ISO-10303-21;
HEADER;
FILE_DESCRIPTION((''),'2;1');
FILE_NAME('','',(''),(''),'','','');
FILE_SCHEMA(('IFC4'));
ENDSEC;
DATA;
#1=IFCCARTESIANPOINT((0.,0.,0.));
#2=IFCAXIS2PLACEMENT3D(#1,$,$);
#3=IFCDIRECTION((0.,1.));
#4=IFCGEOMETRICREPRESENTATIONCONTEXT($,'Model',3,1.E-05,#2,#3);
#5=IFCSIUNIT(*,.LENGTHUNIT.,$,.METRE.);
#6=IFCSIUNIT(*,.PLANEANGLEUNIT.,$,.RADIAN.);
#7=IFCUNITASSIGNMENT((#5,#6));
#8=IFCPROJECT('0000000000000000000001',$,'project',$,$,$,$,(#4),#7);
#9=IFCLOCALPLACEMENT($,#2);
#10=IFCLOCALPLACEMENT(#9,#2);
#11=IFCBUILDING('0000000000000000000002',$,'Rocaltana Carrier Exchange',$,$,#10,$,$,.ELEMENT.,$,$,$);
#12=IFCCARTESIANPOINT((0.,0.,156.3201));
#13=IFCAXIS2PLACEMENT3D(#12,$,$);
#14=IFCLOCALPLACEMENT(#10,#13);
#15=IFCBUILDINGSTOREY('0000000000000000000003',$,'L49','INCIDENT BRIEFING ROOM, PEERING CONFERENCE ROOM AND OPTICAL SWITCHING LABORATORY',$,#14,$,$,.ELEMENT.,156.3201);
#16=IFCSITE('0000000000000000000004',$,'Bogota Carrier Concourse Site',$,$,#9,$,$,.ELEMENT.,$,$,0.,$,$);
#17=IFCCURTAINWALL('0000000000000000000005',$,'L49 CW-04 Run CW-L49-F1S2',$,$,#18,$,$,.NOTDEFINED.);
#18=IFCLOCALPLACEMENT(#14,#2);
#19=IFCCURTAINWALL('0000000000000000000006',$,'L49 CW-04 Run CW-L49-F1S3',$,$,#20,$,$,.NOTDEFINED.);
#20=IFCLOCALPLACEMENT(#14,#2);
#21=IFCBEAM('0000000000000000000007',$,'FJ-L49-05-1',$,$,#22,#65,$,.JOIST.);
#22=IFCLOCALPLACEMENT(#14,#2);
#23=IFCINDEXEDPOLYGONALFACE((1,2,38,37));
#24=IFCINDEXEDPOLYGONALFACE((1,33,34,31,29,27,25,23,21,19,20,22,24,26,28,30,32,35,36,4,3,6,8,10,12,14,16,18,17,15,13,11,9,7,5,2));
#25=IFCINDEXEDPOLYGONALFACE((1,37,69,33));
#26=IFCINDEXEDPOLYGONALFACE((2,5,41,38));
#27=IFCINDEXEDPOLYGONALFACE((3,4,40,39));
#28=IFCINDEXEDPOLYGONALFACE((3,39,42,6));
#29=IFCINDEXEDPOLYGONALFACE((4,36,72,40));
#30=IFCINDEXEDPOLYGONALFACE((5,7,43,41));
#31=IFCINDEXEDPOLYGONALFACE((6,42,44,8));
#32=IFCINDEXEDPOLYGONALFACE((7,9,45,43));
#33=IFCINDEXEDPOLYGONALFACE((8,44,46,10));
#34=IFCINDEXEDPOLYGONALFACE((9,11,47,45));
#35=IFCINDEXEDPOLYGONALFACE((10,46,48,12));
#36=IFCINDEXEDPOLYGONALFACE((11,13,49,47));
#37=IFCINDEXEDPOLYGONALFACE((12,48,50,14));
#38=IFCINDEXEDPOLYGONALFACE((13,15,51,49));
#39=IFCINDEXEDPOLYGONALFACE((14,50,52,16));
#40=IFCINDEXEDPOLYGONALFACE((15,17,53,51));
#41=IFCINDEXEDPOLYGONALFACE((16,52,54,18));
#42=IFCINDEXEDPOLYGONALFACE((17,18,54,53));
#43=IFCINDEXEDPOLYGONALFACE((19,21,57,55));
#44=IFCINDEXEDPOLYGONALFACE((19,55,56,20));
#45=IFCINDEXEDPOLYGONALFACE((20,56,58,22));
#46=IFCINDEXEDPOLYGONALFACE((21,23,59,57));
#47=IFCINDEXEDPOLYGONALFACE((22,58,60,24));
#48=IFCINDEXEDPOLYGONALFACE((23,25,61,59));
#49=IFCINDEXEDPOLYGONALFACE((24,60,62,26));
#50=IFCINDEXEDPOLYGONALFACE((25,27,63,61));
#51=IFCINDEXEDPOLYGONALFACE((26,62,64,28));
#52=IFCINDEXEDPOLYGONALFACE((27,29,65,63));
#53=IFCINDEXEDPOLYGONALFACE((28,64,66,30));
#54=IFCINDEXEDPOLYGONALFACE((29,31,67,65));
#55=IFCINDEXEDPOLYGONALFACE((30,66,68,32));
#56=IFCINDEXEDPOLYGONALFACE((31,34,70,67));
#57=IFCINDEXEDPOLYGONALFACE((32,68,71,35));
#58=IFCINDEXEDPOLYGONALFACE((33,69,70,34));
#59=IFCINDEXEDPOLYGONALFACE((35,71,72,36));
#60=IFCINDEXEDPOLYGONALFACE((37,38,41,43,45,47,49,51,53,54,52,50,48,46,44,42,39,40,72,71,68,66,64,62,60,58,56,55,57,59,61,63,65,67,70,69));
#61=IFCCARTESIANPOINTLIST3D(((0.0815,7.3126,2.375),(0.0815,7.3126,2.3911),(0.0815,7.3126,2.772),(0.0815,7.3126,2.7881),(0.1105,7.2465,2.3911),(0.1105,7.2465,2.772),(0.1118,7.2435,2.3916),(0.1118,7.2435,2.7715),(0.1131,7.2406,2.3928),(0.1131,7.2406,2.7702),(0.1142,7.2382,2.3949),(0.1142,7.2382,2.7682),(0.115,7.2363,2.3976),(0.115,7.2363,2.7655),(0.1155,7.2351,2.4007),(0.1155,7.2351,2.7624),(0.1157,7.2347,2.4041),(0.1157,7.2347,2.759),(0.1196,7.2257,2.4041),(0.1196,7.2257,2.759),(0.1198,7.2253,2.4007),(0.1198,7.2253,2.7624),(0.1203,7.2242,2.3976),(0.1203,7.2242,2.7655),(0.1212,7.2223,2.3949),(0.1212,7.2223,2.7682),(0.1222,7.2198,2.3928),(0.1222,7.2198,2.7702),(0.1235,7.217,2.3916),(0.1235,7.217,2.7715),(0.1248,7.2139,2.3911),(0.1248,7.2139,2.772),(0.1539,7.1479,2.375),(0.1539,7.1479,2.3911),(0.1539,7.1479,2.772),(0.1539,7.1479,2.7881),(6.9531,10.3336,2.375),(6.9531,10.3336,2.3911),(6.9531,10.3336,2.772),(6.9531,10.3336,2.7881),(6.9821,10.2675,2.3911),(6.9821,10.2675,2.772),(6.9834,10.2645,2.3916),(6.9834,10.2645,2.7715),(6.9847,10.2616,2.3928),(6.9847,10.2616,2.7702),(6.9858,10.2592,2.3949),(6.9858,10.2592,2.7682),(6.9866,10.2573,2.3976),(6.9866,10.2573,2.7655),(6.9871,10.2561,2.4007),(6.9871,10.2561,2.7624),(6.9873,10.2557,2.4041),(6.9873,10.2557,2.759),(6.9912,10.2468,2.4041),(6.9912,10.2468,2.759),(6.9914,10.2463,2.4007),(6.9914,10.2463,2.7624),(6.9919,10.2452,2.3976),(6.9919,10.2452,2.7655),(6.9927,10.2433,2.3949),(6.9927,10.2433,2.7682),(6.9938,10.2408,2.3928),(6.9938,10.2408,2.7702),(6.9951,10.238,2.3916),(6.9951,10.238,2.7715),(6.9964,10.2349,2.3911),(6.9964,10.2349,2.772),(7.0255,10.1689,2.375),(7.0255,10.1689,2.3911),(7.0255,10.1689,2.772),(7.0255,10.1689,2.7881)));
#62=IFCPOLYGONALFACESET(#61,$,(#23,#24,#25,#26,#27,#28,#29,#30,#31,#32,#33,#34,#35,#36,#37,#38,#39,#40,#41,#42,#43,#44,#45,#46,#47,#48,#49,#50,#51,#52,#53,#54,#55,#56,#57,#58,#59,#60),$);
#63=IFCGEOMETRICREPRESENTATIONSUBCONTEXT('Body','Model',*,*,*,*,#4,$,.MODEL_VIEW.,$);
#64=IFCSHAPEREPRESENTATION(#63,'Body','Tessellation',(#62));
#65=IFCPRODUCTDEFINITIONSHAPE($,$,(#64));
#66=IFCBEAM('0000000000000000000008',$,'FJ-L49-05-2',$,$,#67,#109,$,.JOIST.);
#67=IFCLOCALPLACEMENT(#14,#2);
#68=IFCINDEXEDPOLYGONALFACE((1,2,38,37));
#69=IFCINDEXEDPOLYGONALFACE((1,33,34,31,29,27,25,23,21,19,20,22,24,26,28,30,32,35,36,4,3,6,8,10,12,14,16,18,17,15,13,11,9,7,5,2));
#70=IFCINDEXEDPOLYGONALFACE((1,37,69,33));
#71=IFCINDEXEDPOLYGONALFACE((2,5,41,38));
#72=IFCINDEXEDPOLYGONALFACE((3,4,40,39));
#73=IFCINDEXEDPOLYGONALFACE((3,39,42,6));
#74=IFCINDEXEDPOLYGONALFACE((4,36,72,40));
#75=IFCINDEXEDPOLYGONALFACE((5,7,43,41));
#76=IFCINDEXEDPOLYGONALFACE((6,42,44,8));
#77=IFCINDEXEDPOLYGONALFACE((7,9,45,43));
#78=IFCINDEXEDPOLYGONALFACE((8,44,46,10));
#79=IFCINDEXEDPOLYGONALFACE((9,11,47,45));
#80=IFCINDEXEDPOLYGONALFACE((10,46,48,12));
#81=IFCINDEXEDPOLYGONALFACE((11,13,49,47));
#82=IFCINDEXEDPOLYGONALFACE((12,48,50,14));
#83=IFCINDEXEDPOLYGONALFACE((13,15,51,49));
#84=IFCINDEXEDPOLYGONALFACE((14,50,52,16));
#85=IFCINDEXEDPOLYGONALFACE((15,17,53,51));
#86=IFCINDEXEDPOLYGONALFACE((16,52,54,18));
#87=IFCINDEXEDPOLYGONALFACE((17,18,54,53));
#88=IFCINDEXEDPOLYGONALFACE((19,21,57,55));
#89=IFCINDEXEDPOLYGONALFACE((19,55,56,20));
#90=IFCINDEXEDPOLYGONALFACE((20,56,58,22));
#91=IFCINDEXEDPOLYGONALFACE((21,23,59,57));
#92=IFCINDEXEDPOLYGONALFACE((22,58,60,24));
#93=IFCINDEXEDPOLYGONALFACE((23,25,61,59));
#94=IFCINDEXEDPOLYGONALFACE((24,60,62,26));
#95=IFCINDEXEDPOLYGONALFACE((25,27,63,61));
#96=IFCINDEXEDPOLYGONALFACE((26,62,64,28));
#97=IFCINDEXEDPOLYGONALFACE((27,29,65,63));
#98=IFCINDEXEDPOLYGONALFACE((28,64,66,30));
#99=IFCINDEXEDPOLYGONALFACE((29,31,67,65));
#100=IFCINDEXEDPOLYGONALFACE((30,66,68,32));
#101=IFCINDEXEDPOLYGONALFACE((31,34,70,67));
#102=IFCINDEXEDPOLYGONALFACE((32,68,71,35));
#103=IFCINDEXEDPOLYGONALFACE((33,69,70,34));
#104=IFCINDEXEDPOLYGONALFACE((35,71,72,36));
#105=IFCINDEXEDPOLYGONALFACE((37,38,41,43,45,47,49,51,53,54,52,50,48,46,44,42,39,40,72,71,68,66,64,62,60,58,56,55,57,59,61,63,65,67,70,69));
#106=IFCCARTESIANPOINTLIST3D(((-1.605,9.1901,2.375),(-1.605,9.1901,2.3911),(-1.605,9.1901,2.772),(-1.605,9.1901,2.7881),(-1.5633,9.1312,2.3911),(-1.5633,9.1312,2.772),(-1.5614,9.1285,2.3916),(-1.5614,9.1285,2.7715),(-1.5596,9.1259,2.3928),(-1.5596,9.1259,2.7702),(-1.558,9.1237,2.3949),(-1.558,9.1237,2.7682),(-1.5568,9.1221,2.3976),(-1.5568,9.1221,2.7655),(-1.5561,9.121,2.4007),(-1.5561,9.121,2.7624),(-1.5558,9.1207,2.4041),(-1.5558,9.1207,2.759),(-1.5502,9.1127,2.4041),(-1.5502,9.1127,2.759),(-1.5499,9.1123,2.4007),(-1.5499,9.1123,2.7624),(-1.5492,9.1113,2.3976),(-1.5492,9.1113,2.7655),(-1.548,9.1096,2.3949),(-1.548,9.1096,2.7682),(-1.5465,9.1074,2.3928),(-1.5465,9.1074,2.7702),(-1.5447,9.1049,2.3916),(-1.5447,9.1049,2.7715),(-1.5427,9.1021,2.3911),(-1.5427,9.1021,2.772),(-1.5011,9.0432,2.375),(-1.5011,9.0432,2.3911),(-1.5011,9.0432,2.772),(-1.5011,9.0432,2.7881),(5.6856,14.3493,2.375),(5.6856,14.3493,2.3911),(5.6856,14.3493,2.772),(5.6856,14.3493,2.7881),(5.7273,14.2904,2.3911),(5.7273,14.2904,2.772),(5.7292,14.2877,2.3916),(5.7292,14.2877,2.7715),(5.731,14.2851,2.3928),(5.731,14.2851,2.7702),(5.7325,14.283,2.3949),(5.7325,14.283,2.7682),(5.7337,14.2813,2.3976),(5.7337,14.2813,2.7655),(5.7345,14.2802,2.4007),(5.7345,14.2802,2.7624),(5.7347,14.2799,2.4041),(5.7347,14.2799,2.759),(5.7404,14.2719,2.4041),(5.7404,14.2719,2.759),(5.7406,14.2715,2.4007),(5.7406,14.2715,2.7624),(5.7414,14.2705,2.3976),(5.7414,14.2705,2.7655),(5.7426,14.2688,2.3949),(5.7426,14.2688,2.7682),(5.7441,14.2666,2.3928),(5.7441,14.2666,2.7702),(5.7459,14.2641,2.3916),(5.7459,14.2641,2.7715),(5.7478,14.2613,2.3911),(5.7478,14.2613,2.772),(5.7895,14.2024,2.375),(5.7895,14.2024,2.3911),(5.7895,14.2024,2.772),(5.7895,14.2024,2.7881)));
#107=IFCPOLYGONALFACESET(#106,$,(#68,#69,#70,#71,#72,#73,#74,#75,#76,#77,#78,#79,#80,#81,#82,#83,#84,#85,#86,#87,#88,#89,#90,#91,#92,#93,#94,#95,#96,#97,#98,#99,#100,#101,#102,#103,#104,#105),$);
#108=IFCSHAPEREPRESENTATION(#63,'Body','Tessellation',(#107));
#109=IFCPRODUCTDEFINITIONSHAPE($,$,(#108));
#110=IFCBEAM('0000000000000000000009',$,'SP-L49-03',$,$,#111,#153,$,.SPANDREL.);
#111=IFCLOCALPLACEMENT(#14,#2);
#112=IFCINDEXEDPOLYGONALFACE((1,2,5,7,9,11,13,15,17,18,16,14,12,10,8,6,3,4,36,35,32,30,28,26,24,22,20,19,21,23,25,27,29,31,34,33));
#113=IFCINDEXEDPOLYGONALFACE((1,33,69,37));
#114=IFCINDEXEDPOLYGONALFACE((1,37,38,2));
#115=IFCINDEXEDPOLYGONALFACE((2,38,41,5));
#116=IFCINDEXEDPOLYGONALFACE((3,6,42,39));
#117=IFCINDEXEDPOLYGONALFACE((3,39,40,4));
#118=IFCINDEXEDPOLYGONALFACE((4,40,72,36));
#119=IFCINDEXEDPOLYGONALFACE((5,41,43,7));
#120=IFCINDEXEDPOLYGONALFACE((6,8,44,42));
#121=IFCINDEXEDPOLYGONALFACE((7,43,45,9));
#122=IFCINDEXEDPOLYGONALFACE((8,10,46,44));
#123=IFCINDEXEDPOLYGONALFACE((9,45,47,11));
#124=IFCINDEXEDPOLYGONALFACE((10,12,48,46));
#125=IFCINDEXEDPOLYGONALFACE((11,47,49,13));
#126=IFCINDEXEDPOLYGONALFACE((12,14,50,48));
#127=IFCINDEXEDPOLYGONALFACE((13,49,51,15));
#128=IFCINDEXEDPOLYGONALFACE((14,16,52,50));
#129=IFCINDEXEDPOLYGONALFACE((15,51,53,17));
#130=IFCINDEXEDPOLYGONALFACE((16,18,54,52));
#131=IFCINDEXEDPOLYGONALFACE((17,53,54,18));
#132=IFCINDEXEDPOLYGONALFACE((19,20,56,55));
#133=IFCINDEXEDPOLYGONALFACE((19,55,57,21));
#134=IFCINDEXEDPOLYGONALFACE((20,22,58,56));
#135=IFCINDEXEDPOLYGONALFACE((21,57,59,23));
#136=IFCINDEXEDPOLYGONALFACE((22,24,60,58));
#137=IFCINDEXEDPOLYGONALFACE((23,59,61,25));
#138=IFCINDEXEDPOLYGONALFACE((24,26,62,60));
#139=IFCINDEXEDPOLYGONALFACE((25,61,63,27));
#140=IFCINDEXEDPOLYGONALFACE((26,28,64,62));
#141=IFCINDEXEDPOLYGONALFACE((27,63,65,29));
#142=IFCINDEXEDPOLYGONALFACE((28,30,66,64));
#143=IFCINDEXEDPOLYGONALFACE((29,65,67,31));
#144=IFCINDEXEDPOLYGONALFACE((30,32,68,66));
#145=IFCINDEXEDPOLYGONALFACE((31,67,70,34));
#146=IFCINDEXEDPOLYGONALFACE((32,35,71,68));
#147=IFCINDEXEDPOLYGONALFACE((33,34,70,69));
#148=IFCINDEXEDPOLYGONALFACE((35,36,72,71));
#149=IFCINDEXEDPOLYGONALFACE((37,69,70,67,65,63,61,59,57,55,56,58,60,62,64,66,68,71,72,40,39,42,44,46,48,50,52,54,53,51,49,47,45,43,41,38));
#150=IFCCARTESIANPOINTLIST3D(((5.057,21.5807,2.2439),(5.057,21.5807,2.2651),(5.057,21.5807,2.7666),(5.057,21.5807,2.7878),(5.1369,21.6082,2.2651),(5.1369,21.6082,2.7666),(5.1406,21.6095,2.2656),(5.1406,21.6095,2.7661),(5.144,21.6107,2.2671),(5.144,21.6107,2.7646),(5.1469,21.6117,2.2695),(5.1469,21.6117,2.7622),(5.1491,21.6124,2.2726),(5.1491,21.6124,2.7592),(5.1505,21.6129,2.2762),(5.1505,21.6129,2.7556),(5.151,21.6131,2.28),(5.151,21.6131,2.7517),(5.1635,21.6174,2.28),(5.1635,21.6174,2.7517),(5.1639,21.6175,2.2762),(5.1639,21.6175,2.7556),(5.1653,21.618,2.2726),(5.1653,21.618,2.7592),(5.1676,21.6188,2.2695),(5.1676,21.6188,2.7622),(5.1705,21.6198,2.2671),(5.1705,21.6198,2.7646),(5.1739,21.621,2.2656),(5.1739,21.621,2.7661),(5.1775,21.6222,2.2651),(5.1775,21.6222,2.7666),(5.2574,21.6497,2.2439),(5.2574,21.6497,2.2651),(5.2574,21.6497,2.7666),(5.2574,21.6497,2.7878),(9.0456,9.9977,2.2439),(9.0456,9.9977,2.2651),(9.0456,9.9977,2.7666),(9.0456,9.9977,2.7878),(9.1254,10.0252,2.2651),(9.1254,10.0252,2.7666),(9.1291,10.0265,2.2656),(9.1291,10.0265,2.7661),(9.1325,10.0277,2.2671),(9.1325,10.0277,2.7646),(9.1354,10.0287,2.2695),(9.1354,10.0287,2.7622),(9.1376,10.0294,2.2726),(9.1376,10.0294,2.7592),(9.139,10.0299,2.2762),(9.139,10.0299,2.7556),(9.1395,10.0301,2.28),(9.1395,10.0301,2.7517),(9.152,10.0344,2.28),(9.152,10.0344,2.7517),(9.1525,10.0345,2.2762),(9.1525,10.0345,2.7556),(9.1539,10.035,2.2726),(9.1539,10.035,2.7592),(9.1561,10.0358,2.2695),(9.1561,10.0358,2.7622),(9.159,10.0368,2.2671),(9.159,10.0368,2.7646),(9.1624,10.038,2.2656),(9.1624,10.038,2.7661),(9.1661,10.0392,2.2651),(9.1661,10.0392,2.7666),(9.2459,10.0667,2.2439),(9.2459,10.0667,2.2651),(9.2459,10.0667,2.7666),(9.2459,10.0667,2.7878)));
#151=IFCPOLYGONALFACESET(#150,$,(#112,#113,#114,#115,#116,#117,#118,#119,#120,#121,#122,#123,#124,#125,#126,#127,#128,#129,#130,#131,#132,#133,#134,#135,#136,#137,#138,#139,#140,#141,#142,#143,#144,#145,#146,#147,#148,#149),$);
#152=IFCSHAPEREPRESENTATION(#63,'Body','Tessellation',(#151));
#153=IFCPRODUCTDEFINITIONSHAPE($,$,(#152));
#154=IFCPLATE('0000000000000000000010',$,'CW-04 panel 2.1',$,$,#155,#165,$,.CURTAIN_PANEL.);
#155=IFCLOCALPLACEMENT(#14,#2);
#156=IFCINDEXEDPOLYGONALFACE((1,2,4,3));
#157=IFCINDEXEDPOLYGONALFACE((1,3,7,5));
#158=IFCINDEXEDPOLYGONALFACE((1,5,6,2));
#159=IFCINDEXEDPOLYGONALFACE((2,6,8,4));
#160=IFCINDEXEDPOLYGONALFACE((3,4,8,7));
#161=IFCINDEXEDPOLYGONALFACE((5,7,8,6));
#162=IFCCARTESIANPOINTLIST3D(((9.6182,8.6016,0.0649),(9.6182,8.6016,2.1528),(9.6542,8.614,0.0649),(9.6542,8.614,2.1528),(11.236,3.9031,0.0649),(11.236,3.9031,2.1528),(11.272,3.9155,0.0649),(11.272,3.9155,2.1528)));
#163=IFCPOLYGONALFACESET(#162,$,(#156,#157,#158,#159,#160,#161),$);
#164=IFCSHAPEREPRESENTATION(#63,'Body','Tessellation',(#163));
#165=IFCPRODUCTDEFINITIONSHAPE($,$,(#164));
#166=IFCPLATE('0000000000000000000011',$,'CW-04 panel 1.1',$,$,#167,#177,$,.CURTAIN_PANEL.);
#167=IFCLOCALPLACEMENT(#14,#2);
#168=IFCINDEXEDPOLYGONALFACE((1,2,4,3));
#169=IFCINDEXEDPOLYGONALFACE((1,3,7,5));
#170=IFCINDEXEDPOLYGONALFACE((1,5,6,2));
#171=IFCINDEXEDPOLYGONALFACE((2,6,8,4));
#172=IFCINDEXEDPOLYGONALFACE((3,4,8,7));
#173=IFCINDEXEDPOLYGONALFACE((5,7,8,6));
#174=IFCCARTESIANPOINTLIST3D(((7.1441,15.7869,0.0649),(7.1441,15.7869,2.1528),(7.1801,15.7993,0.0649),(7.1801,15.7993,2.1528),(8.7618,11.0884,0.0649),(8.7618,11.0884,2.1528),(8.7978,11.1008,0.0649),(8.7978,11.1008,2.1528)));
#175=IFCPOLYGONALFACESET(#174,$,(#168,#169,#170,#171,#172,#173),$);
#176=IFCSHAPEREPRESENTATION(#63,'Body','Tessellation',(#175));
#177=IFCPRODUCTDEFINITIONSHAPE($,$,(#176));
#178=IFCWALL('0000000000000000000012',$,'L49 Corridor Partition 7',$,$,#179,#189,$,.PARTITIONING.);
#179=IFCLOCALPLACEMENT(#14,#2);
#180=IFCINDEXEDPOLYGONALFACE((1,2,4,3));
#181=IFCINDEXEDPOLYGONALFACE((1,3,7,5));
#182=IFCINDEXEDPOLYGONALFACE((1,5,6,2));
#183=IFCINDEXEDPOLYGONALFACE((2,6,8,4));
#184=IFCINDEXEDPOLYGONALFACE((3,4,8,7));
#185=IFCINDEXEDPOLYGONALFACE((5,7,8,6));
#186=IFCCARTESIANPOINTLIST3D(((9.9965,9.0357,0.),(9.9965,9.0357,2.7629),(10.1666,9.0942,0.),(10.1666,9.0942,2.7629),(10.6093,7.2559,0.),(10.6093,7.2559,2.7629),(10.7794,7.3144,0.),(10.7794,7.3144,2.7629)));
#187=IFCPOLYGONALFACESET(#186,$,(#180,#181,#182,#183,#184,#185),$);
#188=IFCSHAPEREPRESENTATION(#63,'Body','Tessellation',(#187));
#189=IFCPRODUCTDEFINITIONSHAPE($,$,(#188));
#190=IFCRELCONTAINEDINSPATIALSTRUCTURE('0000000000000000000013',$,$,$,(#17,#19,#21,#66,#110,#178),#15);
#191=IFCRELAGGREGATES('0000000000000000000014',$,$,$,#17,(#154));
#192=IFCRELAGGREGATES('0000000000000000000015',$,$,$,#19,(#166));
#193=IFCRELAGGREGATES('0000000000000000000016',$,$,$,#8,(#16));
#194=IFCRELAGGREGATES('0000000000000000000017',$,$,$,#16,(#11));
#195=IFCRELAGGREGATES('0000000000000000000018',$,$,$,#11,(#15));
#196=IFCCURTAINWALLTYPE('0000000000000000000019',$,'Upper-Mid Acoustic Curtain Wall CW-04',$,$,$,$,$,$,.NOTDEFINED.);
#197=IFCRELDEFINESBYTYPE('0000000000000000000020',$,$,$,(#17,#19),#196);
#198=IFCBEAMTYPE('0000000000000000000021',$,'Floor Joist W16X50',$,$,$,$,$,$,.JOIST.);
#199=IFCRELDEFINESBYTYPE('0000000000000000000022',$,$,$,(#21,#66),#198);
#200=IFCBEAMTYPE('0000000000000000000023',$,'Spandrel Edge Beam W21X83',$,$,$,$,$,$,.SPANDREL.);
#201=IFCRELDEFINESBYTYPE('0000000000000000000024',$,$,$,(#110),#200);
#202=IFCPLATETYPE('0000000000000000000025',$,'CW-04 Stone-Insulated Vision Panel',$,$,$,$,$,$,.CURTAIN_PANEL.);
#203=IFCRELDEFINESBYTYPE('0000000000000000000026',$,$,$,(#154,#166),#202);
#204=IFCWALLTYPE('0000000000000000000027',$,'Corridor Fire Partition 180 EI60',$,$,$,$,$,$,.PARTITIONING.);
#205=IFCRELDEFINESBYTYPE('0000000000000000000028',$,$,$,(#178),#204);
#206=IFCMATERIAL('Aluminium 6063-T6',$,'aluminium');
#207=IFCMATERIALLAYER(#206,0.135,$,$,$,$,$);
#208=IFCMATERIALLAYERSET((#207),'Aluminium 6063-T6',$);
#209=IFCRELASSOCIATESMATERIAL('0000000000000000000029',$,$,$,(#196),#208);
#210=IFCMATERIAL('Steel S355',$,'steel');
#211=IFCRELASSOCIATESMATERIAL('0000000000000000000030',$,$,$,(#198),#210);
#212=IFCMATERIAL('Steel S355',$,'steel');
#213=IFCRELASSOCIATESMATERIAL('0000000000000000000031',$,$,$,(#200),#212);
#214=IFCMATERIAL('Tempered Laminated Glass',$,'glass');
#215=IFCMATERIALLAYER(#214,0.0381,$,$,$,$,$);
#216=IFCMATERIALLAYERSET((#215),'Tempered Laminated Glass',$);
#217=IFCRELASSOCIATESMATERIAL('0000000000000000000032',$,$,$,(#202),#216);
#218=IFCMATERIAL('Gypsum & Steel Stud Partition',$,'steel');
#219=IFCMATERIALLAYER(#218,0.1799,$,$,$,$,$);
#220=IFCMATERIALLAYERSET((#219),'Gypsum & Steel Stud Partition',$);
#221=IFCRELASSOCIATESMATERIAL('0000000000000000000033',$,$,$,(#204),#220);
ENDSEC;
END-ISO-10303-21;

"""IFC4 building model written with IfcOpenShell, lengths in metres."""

from ifc_helpers import new_model, si_unit, direction, frame, frame_2d, origin, origin_2d, place, context, subcontext, project, spatial, rectangle, i_section, extrude, material, layer, layer_set, material_profile, profile_set, type_object, element, aggregate, save


model = new_model("IFC4")

# Units and contexts
model_context = context("Model", 3, precision=1e-05, world=origin(), true_north=direction((0.0, 1.0)))
body_context = subcontext(model_context, "Body", "Model", "MODEL_VIEW")
ifc_project = project(units=[si_unit("LENGTHUNIT", "METRE"), si_unit("PLANEANGLEUNIT", "RADIAN")], contexts=[model_context])

# Site, building, storey
site_placement = place(None, origin())
site = spatial("IfcSite", under=ifc_project, at=site_placement, Name="Bogota Carrier Concourse Site", CompositionType="ELEMENT", RefElevation=0.0)
building_placement = place(site_placement, origin())
building = spatial("IfcBuilding", under=site, at=building_placement, Name="Rocaltana Carrier Exchange", CompositionType="ELEMENT")
storey_placement = place(building_placement, frame((0.0, 0.0, 156.3201)))
storey = spatial("IfcBuildingStorey", under=building, at=storey_placement, Name="L49", Description="INCIDENT BRIEFING ROOM, PEERING CONFERENCE ROOM AND OPTICAL SWITCHING LABORATORY", CompositionType="ELEMENT", Elevation=156.3201)

# Curtain wall
ifc_material_1 = material(Name="Aluminium 6063-T6", Category="aluminium")
ifc_layer_1 = layer(ifc_material_1, 0.135)
ifc_layer_set_1 = layer_set([ifc_layer_1], Name="Aluminium 6063-T6")
curtain_wall_type = type_object("IfcCurtainWallType", Name="Upper-Mid Acoustic Curtain Wall CW-04", PredefinedType="NOTDEFINED", material=ifc_layer_set_1)
curtain_wall_1_placement = place(storey_placement, origin())
curtain_wall_1 = element("IfcCurtainWall", 1, at=curtain_wall_1_placement, inside=storey, type_object=curtain_wall_type, Name="L49 CW-04 Run CW-L49-F1S2", PredefinedType="NOTDEFINED")

# Curtain wall
curtain_wall_2_placement = place(storey_placement, origin())
curtain_wall_2 = element("IfcCurtainWall", 2, at=curtain_wall_2_placement, inside=storey, type_object=curtain_wall_type, Name="L49 CW-04 Run CW-L49-F1S3", PredefinedType="NOTDEFINED")

# Beams
ifc_material_2 = material(Name="Steel S355", Category="steel")
ifc_material_profile_1 = material_profile(ifc_material_2, i_section(OverallWidth=0.1799, OverallDepth=0.4131, WebThickness=0.0098, FlangeThickness=0.0161, FilletRadius=0.0129, at=origin_2d()), Name="W16X50")
ifc_profile_set_1 = profile_set([ifc_material_profile_1], Name="Steel S355")
beam_type_1 = type_object("IfcBeamType", Name="Floor Joist W16X50", PredefinedType="JOIST", material=ifc_profile_set_1)
beam_1_placement = place(storey_placement, frame((6.9893, 10.2512, 2.5815), z_axis=(-0.915438, -0.40246, 0.0), x_axis=(0.40246, -0.915438, 0.0)))
element("IfcBeam", 3, at=beam_1_placement, inside=storey, type_object=beam_type_1, Name="FJ-L49-05-1", PredefinedType="JOIST", context=body_context, shape_type="SweptSolid", body=[
    extrude(i_section(OverallWidth=0.1799, OverallDepth=0.4131, WebThickness=0.0098, FlangeThickness=0.0161, FilletRadius=0.0129, at=origin_2d()), origin(), (0.0, 0.0, 1.0), 7.5063),
])
beam_2_placement = place(storey_placement, frame((5.7375, 14.2759, 2.5815), z_axis=(-0.816285, -0.577649, 0.0), x_axis=(0.577649, -0.816285, 0.0)))
element("IfcBeam", 4, at=beam_2_placement, inside=storey, type_object=beam_type_1, Name="FJ-L49-05-2", PredefinedType="JOIST", context=body_context, shape_type="SweptSolid", body=[
    extrude(i_section(OverallWidth=0.1799, OverallDepth=0.4131, WebThickness=0.0098, FlangeThickness=0.0161, FilletRadius=0.0129, at=origin_2d()), origin(), (0.0, 0.0, 1.0), 8.9314),
])
ifc_material_3 = material(Name="Steel S355", Category="steel")
ifc_material_profile_2 = material_profile(ifc_material_3, i_section(OverallWidth=0.2119, OverallDepth=0.5439, WebThickness=0.0132, FlangeThickness=0.0212, FilletRadius=0.0149, at=origin_2d()), Name="W21X83")
ifc_profile_set_2 = profile_set([ifc_material_profile_2], Name="Steel S355")
beam_type_2 = type_object("IfcBeamType", Name="Spandrel Edge Beam W21X83", PredefinedType="SPANDREL", material=ifc_profile_set_2)
beam_3_placement = place(storey_placement, frame((9.1458, 10.0322, 2.5159), z_axis=(-0.325581, 0.945514, 0.0), x_axis=(-0.945514, -0.325581, 0.0)))
element("IfcBeam", 5, at=beam_3_placement, inside=storey, type_object=beam_type_2, Name="SP-L49-03", PredefinedType="SPANDREL", context=body_context, shape_type="SweptSolid", body=[
    extrude(i_section(OverallWidth=0.2119, OverallDepth=0.5439, WebThickness=0.0132, FlangeThickness=0.0212, FilletRadius=0.0149, at=origin_2d()), origin(), (0.0, 0.0, 1.0), 12.2505),
])

# Plates
ifc_material_4 = material(Name="Tempered Laminated Glass", Category="glass")
ifc_layer_2 = layer(ifc_material_4, 0.0381)
ifc_layer_set_2 = layer_set([ifc_layer_2], Name="Tempered Laminated Glass")
plate_type = type_object("IfcPlateType", Name="CW-04 Stone-Insulated Vision Panel", PredefinedType="CURTAIN_PANEL", material=ifc_layer_set_2)
plate_1_placement = place(storey_placement, frame((10.4451, 6.2585, 0.0649), z_axis=(0.0, 0.0, 1.0), x_axis=(-0.325562, 0.945521, 0.0)))
plate_1 = element("IfcPlate", 6, at=plate_1_placement, type_object=plate_type, Name="CW-04 panel 2.1", PredefinedType="CURTAIN_PANEL", context=body_context, shape_type="SweptSolid", body=[
    extrude(rectangle(XDim=4.9692, YDim=0.0381, at=origin_2d()), origin(), (0.0, 0.0, 1.0), 2.0879),
])
aggregate(curtain_wall_1, [plate_1])
plate_2_placement = place(storey_placement, frame((7.9709, 13.4438, 0.0649), z_axis=(0.0, 0.0, 1.0), x_axis=(-0.325559, 0.945522, 0.0)))
plate_2 = element("IfcPlate", 7, at=plate_2_placement, type_object=plate_type, Name="CW-04 panel 1.1", PredefinedType="CURTAIN_PANEL", context=body_context, shape_type="SweptSolid", body=[
    extrude(rectangle(XDim=4.9692, YDim=0.0381, at=origin_2d()), origin(), (0.0, 0.0, 1.0), 2.0879),
])
aggregate(curtain_wall_2, [plate_2])

# Wall
ifc_material_5 = material(Name="Gypsum & Steel Stud Partition", Category="steel")
ifc_layer_3 = layer(ifc_material_5, 0.1799)
ifc_layer_set_3 = layer_set([ifc_layer_3], Name="Gypsum & Steel Stud Partition")
wall_type_1 = type_object("IfcWallType", Name="Corridor Fire Partition 180 EI60", PredefinedType="PARTITIONING", material=ifc_layer_set_3)
wall_1_placement = place(storey_placement, frame((10.0815, 9.0649, 0.0), z_axis=(0.0, 0.0, 1.0), x_axis=(0.325551, -0.945524, 0.0)))
element("IfcWall", 8, at=wall_1_placement, inside=storey, type_object=wall_type_1, Name="L49 Corridor Partition 7", PredefinedType="PARTITIONING", context=body_context, shape_type="SweptSolid", body=[
    extrude(rectangle(XDim=1.8823, YDim=0.1799, at=frame_2d((0.9412, 0.0))), origin(), (0.0, 0.0, 1.0), 2.7629),
])

save(model, "model.ifc")
